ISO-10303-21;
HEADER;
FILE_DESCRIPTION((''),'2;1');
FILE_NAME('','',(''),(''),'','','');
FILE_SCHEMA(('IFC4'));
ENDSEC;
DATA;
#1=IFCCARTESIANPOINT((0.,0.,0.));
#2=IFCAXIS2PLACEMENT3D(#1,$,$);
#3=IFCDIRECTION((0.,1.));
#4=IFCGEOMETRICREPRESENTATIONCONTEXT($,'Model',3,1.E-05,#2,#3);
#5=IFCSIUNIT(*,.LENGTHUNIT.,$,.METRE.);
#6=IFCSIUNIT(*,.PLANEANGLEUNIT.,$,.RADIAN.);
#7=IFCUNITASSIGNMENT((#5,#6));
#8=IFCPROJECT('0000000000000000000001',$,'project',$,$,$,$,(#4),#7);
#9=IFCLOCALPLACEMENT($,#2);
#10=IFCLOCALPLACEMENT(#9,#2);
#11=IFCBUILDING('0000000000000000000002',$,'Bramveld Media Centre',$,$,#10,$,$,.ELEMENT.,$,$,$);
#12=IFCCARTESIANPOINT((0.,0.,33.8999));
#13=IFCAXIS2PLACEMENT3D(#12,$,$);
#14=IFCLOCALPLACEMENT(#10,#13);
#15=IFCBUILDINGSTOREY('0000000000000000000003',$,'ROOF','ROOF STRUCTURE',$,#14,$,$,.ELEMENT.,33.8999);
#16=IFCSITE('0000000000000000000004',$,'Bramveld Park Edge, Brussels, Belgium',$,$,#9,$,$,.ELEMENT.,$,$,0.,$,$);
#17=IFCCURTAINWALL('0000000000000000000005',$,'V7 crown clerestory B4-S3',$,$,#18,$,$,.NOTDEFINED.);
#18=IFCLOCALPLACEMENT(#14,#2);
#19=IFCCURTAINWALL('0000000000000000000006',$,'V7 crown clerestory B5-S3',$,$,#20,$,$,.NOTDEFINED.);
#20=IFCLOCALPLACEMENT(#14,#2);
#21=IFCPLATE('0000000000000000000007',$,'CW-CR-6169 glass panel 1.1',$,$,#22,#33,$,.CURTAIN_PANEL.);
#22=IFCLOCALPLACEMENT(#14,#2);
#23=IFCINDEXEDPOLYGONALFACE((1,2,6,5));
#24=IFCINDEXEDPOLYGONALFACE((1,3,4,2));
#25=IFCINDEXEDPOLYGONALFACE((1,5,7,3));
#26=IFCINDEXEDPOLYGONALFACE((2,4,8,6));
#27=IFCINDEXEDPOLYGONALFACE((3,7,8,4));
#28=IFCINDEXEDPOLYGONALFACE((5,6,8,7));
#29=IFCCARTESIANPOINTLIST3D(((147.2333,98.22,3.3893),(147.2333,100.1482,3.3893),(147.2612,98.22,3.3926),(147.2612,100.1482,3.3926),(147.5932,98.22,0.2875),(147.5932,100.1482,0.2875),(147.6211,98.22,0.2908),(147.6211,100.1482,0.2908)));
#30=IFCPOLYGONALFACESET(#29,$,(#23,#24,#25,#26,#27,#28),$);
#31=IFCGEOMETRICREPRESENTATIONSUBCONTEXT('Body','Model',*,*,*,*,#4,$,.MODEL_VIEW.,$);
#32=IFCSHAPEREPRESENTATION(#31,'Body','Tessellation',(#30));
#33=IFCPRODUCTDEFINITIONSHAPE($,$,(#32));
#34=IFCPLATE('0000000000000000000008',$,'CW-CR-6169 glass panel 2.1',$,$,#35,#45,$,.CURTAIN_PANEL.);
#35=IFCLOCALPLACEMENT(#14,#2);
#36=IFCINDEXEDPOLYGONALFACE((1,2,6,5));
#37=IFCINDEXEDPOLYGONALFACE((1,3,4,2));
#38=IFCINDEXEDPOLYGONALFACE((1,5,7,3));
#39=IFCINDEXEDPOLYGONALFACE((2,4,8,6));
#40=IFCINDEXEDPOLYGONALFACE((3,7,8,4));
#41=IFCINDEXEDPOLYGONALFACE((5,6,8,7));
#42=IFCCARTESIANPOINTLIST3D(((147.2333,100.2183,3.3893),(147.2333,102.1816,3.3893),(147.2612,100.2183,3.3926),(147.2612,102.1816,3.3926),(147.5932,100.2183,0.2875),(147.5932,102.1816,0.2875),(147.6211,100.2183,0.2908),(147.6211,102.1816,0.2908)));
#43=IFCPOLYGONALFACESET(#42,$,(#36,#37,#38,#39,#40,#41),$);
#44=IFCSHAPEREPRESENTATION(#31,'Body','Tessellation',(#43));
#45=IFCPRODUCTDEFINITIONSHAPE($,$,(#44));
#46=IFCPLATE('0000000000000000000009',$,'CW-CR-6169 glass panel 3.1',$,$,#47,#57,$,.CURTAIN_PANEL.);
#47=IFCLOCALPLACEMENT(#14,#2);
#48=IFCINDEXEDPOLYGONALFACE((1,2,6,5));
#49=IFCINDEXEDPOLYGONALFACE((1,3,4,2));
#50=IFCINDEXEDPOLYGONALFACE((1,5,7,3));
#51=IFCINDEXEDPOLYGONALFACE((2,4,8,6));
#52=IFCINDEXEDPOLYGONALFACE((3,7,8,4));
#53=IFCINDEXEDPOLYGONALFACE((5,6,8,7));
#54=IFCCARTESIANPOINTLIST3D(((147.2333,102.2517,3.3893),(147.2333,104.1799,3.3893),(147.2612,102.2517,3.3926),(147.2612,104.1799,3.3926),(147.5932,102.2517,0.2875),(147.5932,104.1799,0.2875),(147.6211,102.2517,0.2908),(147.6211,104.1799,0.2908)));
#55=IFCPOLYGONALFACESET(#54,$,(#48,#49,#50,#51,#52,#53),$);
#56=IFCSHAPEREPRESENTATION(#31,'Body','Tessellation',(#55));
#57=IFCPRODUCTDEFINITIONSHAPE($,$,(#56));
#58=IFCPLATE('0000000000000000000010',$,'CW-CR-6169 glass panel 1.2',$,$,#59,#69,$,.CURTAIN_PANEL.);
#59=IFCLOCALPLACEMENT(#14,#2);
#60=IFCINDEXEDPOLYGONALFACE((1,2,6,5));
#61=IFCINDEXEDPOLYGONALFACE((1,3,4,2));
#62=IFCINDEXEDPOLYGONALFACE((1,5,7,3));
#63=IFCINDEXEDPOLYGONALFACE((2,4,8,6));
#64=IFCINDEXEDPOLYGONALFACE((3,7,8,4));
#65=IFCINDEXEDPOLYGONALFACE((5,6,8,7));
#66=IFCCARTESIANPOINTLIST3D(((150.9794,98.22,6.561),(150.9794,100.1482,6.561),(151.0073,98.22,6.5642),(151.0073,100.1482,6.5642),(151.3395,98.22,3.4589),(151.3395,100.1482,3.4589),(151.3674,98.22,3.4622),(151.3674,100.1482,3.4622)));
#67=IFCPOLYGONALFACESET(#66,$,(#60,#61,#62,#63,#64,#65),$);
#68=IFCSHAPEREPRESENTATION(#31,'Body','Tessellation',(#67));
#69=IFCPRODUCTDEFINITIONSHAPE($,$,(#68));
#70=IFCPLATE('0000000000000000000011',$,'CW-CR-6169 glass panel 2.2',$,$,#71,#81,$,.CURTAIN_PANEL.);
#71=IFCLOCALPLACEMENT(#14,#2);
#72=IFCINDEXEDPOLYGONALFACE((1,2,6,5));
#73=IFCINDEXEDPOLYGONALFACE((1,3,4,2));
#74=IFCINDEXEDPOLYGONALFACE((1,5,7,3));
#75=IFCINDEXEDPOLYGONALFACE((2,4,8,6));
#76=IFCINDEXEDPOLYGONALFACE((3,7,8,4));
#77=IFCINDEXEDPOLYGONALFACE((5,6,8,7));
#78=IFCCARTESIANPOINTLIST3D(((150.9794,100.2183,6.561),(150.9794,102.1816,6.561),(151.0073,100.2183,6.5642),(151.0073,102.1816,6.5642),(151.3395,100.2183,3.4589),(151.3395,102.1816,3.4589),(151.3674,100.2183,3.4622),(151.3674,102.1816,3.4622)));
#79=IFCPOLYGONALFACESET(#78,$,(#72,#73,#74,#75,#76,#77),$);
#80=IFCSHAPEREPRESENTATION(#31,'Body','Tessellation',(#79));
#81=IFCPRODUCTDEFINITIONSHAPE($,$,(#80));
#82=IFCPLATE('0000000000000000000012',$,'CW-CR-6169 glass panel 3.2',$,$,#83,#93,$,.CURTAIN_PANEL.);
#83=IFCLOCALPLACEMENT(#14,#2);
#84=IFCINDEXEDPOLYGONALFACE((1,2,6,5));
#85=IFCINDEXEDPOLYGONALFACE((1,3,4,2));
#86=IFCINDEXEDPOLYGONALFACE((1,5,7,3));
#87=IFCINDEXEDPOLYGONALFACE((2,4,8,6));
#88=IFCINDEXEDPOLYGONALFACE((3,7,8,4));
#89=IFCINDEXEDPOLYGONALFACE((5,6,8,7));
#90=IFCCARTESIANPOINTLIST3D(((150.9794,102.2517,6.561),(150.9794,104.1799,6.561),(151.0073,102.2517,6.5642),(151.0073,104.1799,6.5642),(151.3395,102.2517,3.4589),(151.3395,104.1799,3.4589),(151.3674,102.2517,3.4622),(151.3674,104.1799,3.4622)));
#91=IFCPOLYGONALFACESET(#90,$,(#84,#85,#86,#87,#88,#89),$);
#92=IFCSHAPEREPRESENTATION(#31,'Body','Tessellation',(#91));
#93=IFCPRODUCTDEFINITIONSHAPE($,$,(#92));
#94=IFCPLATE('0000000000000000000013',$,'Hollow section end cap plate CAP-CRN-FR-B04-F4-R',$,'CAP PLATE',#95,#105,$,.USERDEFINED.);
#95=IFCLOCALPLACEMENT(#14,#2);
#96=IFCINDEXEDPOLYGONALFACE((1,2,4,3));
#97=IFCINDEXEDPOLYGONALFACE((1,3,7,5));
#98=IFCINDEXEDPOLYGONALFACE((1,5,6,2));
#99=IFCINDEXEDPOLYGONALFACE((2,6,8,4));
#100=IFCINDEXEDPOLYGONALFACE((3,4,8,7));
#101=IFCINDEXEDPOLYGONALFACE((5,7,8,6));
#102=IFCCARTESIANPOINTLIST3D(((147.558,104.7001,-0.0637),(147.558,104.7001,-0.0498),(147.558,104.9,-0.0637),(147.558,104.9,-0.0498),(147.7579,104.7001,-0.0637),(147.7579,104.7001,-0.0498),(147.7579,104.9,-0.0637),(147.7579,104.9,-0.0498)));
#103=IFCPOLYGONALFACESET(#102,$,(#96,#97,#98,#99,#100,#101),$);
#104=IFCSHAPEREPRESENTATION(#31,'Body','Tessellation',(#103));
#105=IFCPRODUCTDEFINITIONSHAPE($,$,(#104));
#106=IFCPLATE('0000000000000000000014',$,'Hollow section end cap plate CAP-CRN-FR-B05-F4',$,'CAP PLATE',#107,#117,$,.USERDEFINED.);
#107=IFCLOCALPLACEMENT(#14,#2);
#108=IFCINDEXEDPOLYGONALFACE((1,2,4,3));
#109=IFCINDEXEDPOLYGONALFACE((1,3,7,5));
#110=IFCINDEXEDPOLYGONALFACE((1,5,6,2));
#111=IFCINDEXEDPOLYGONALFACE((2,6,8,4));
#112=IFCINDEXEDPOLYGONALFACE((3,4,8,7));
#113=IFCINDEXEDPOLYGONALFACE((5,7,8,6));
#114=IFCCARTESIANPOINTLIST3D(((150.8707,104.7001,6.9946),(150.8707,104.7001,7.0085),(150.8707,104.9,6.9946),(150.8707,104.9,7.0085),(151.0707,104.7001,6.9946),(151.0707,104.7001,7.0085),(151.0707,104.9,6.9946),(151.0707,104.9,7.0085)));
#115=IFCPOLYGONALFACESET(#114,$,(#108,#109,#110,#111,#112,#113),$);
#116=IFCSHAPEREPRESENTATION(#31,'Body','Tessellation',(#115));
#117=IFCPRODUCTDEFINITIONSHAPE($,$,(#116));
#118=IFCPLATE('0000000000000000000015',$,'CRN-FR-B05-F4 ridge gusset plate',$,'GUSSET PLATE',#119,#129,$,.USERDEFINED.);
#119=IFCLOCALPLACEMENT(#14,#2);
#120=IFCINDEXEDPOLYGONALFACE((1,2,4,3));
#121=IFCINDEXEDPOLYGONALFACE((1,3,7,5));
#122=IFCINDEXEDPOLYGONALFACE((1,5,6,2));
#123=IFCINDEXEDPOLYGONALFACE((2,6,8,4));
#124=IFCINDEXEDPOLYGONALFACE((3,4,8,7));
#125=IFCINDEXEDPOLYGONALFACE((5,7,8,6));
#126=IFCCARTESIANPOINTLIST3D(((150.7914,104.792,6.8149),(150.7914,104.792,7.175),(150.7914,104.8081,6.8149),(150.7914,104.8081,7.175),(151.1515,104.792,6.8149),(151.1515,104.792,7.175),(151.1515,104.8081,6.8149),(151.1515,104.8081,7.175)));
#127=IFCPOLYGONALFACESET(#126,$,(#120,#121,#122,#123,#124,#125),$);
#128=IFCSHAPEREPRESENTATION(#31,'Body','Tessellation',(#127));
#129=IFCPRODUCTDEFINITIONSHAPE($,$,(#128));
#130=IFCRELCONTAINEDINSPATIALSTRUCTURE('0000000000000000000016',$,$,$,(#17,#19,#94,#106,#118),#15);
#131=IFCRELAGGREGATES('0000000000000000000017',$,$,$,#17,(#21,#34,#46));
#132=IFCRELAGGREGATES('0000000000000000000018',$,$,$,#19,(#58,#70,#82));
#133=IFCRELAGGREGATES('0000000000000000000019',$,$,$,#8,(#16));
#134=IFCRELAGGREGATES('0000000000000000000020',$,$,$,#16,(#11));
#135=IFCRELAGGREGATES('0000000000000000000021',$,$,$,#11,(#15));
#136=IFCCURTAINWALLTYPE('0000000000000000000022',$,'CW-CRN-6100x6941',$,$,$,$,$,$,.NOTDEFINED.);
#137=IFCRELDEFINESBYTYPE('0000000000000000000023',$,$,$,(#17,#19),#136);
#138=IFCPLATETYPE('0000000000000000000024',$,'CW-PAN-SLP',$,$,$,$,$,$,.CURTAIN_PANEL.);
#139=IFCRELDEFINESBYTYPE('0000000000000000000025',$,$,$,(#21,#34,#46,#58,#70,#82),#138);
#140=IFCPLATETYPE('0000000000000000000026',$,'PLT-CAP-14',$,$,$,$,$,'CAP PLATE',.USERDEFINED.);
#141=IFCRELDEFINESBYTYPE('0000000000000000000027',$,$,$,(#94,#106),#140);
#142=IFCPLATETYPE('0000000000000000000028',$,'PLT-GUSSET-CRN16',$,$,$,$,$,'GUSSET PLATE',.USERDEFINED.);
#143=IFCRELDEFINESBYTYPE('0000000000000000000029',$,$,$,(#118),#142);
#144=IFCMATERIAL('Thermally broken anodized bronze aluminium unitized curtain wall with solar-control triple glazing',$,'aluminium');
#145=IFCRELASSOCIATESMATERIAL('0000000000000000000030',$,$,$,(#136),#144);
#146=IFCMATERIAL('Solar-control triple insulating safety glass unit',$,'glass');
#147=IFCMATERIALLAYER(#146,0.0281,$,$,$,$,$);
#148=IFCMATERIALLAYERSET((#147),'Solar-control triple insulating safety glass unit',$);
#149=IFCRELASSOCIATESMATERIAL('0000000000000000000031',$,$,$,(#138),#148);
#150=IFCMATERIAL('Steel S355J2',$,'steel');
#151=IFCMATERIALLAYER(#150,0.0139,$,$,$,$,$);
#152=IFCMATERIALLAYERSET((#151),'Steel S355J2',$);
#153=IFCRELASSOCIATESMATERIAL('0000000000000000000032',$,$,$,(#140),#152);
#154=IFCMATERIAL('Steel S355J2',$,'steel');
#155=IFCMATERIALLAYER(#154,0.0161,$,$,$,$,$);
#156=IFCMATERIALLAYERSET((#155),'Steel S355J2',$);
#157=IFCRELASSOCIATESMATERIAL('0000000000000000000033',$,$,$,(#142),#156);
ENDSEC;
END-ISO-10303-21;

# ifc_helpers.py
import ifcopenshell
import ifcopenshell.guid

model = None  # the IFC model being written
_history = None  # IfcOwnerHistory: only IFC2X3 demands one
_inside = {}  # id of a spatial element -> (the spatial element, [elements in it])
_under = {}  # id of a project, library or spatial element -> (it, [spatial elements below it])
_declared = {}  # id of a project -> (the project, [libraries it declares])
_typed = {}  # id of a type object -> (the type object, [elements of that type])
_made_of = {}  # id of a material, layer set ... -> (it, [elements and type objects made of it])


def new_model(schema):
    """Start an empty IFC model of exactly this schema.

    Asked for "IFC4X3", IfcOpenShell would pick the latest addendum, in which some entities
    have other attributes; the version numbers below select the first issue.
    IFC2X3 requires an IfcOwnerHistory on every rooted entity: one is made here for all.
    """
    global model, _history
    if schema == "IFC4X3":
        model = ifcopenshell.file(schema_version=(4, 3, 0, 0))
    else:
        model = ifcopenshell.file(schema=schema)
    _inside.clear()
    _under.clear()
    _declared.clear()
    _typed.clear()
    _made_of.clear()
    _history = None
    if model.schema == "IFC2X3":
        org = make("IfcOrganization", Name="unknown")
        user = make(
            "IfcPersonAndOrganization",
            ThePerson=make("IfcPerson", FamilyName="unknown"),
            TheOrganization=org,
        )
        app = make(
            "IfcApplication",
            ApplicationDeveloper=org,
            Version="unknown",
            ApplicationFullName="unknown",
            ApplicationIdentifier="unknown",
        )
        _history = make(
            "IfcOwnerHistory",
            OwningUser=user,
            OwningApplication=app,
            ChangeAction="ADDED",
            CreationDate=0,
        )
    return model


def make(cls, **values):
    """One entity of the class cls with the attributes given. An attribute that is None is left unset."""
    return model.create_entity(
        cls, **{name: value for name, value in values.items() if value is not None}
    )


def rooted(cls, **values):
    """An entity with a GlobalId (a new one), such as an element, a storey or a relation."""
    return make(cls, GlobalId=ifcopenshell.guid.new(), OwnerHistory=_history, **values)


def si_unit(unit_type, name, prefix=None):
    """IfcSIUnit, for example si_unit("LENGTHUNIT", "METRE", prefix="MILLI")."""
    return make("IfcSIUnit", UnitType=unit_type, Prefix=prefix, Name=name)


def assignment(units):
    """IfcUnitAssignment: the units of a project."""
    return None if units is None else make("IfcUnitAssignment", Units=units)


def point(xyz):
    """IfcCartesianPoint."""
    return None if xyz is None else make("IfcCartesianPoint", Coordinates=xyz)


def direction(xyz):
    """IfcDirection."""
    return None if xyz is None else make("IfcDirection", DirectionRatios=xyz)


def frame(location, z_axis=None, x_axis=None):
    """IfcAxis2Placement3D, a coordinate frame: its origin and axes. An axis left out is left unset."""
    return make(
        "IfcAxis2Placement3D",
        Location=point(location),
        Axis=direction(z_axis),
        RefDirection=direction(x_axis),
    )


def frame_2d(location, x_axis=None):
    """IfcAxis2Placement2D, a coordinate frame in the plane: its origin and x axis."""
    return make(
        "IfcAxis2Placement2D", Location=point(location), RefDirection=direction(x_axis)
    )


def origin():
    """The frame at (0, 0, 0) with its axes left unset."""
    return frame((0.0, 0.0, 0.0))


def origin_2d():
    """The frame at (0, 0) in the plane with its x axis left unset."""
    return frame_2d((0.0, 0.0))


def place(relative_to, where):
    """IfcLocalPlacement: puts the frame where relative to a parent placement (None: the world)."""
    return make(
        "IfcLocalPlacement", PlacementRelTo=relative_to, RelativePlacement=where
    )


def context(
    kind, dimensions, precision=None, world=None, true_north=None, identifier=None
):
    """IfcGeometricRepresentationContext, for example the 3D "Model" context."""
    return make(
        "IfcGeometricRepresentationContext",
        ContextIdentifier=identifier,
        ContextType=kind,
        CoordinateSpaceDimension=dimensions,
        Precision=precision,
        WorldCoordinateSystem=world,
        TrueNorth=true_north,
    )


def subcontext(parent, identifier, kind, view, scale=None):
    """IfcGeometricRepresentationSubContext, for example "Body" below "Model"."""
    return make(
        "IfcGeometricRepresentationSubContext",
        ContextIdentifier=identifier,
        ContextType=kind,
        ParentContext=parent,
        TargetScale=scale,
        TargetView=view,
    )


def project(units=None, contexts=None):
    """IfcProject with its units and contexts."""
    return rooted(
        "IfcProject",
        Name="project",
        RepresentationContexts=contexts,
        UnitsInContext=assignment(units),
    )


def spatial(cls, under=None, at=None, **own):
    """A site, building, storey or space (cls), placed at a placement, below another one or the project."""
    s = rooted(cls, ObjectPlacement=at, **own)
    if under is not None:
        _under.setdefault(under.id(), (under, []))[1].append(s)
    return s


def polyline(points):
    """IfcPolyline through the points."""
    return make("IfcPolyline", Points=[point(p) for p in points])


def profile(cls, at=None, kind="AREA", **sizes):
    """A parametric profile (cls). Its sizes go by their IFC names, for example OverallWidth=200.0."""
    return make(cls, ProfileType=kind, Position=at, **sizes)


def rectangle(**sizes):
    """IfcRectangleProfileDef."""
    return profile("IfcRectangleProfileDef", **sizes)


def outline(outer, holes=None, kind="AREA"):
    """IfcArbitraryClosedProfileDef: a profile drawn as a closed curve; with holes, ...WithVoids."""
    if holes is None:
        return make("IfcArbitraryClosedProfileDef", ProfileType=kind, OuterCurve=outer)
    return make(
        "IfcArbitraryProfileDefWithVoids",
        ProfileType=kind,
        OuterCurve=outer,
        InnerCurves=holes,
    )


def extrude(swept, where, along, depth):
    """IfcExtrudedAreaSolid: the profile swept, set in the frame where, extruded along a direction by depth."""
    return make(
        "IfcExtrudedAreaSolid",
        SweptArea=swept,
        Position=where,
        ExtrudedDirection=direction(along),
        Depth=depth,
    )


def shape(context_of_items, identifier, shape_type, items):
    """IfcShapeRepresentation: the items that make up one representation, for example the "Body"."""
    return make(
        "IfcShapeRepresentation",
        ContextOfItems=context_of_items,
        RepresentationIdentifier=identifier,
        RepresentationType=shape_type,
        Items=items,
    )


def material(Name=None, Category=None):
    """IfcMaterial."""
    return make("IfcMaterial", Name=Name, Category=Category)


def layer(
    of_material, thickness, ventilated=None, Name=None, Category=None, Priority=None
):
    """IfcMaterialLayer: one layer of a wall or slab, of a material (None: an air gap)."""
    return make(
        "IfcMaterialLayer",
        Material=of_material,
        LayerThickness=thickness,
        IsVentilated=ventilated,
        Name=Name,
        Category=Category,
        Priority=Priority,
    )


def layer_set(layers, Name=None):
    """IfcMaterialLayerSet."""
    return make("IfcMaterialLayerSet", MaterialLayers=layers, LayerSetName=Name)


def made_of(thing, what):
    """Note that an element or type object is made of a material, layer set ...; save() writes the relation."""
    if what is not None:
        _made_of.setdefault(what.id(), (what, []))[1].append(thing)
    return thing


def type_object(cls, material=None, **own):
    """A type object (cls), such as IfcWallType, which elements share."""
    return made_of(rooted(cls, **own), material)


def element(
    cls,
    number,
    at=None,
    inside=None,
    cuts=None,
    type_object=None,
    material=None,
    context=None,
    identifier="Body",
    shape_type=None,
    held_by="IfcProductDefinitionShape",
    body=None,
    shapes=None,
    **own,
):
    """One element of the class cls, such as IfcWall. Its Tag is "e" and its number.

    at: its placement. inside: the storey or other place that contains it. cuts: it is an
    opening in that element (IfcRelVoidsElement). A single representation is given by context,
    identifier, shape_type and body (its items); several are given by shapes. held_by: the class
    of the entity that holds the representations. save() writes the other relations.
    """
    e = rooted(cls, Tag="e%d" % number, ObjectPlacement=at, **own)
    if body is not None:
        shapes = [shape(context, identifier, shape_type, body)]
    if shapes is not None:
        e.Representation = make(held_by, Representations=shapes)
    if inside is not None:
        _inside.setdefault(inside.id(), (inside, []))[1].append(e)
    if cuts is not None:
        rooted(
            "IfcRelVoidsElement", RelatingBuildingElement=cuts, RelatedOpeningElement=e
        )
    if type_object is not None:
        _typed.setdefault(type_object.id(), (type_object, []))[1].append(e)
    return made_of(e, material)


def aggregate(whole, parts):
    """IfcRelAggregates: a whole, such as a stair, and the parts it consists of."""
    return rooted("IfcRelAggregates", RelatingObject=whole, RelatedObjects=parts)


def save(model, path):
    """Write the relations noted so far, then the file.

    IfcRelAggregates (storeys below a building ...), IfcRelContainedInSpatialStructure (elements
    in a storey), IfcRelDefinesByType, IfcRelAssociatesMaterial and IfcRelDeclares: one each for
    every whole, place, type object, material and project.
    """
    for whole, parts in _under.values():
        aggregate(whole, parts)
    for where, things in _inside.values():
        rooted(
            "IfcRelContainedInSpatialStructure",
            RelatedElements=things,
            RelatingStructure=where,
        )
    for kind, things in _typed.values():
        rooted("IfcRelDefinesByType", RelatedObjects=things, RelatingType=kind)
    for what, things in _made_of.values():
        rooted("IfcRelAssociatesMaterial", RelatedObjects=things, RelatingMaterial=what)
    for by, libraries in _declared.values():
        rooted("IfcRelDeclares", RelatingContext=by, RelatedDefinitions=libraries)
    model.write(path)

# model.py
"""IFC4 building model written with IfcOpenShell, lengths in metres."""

from ifc_helpers import new_model, si_unit, direction, frame, origin, origin_2d, place, context, subcontext, project, spatial, polyline, rectangle, outline, extrude, material, layer, layer_set, type_object, element, aggregate, save


model = new_model("IFC4")

# Units and contexts
model_context = context("Model", 3, precision=1e-05, world=origin(), true_north=direction((0.0, 1.0)))
body_context = subcontext(model_context, "Body", "Model", "MODEL_VIEW")
ifc_project = project(units=[si_unit("LENGTHUNIT", "METRE"), si_unit("PLANEANGLEUNIT", "RADIAN")], contexts=[model_context])

# Site, building, storey
site_placement = place(None, origin())
site = spatial("IfcSite", under=ifc_project, at=site_placement, Name="Bramveld Park Edge, Brussels, Belgium", CompositionType="ELEMENT", RefElevation=0.0)
building_placement = place(site_placement, origin())
building = spatial("IfcBuilding", under=site, at=building_placement, Name="Bramveld Media Centre", CompositionType="ELEMENT")
storey_placement = place(building_placement, frame((0.0, 0.0, 33.8999)))
storey = spatial("IfcBuildingStorey", under=building, at=storey_placement, Name="ROOF", Description="ROOF STRUCTURE", CompositionType="ELEMENT", Elevation=33.8999)

# Curtain walls
ifc_material_1 = material(Name="Thermally broken anodized bronze aluminium unitized curtain wall with solar-control triple glazing", Category="aluminium")
curtain_wall_type = type_object("IfcCurtainWallType", Name="CW-CRN-6100x6941", PredefinedType="NOTDEFINED", material=ifc_material_1)
curtain_wall_1_placement = place(storey_placement, origin())
curtain_wall_1 = element("IfcCurtainWall", 1, at=curtain_wall_1_placement, inside=storey, type_object=curtain_wall_type, Name="V7 crown clerestory B4-S3", PredefinedType="NOTDEFINED")
curtain_wall_2_placement = place(storey_placement, origin())
curtain_wall_2 = element("IfcCurtainWall", 2, at=curtain_wall_2_placement, inside=storey, type_object=curtain_wall_type, Name="V7 crown clerestory B5-S3", PredefinedType="NOTDEFINED")

# Plates
ifc_material_2 = material(Name="Solar-control triple insulating safety glass unit", Category="glass")
ifc_layer_1 = layer(ifc_material_2, 0.0281)
ifc_layer_set_1 = layer_set([ifc_layer_1], Name="Solar-control triple insulating safety glass unit")
plate_type_1 = type_object("IfcPlateType", Name="CW-PAN-SLP", PredefinedType="CURTAIN_PANEL", material=ifc_layer_set_1)
plate_1_placement = place(storey_placement, frame((147.6211, 98.22, 0.2908), z_axis=(0.993337, 0.0, 0.115244), x_axis=(0.0, 1.0, 0.0)))
plate_1 = element("IfcPlate", 3, at=plate_1_placement, type_object=plate_type_1, Name="CW-CR-6169 glass panel 1.1", PredefinedType="CURTAIN_PANEL", context=body_context, shape_type="SweptSolid", body=[
    extrude(outline(polyline([(0.0, 0.0), (1.9282, 0.0), (1.9282, 3.1226), (0.0, 3.1226), (0.0, 0.0)])), origin(), (0.0, 0.0, -1.0), 0.0281),
])
plate_2_placement = place(storey_placement, frame((147.6211, 100.2183, 0.2908), z_axis=(0.993337, 0.0, 0.115244), x_axis=(0.0, 1.0, 0.0)))
plate_2 = element("IfcPlate", 4, at=plate_2_placement, type_object=plate_type_1, Name="CW-CR-6169 glass panel 2.1", PredefinedType="CURTAIN_PANEL", context=body_context, shape_type="SweptSolid", body=[
    extrude(outline(polyline([(0.0, 0.0), (1.9634, 0.0), (1.9634, 3.1226), (0.0, 3.1226), (0.0, 0.0)])), origin(), (0.0, 0.0, -1.0), 0.0281),
])
plate_3_placement = place(storey_placement, frame((147.6211, 102.2517, 0.2908), z_axis=(0.993337, 0.0, 0.115244), x_axis=(0.0, 1.0, 0.0)))
plate_3 = element("IfcPlate", 5, at=plate_3_placement, type_object=plate_type_1, Name="CW-CR-6169 glass panel 3.1", PredefinedType="CURTAIN_PANEL", context=body_context, shape_type="SweptSolid", body=[
    extrude(outline(polyline([(0.0, 0.0), (1.9282, 0.0), (1.9282, 3.1226), (0.0, 3.1226), (0.0, 0.0)])), origin(), (0.0, 0.0, -1.0), 0.0281),
])
aggregate(curtain_wall_1, [plate_1, plate_2, plate_3])
plate_4_placement = place(storey_placement, frame((151.3674, 98.22, 3.4622), z_axis=(0.993329, 0.0, 0.115313), x_axis=(0.0, 1.0, 0.0)))
plate_4 = element("IfcPlate", 6, at=plate_4_placement, type_object=plate_type_1, Name="CW-CR-6169 glass panel 1.2", PredefinedType="CURTAIN_PANEL", context=body_context, shape_type="SweptSolid", body=[
    extrude(outline(polyline([(0.0, 0.0), (1.9282, 0.0), (1.9282, 3.1229), (0.0, 3.1229), (0.0, 0.0)])), origin(), (0.0, 0.0, -1.0), 0.0281),
])
plate_5_placement = place(storey_placement, frame((151.3674, 100.2183, 3.4622), z_axis=(0.993329, 0.0, 0.115313), x_axis=(0.0, 1.0, 0.0)))
plate_5 = element("IfcPlate", 7, at=plate_5_placement, type_object=plate_type_1, Name="CW-CR-6169 glass panel 2.2", PredefinedType="CURTAIN_PANEL", context=body_context, shape_type="SweptSolid", body=[
    extrude(outline(polyline([(0.0, 0.0), (1.9634, 0.0), (1.9634, 3.1229), (0.0, 3.1229), (0.0, 0.0)])), origin(), (0.0, 0.0, -1.0), 0.0281),
])
plate_6_placement = place(storey_placement, frame((151.3674, 102.2517, 3.4622), z_axis=(0.993329, 0.0, 0.115313), x_axis=(0.0, 1.0, 0.0)))
plate_6 = element("IfcPlate", 8, at=plate_6_placement, type_object=plate_type_1, Name="CW-CR-6169 glass panel 3.2", PredefinedType="CURTAIN_PANEL", context=body_context, shape_type="SweptSolid", body=[
    extrude(outline(polyline([(0.0, 0.0), (1.9282, 0.0), (1.9282, 3.1229), (0.0, 3.1229), (0.0, 0.0)])), origin(), (0.0, 0.0, -1.0), 0.0281),
])
aggregate(curtain_wall_2, [plate_4, plate_5, plate_6])

# Plates
ifc_material_3 = material(Name="Steel S355J2", Category="steel")
ifc_layer_2 = layer(ifc_material_3, 0.0139)
ifc_layer_set_2 = layer_set([ifc_layer_2], Name="Steel S355J2")
plate_type_2 = type_object("IfcPlateType", Name="PLT-CAP-14", ElementType="CAP PLATE", PredefinedType="USERDEFINED", material=ifc_layer_set_2)
for number, where, z_axis, x_axis, name in (
    (9, (147.658, 104.8, -0.0498), (0.0, 0.0, -1.0), (1.0, 0.0, 0.0), "Hollow section end cap plate CAP-CRN-FR-B04-F4-R"),
    (10, (150.9707, 104.8, 6.9946), (0.0, 0.0, 1.0), (1.0, 0.0, 0.0), "Hollow section end cap plate CAP-CRN-FR-B05-F4"),
):
    element("IfcPlate", number, at=place(storey_placement, frame(where, z_axis=z_axis, x_axis=x_axis)), inside=storey, type_object=plate_type_2, Name=name, ObjectType="CAP PLATE", PredefinedType="USERDEFINED", context=body_context, shape_type="SweptSolid", body=[
        extrude(rectangle(XDim=0.2, YDim=0.2, at=origin_2d()), origin(), (0.0, 0.0, 1.0), 0.0139),
    ])
ifc_material_4 = material(Name="Steel S355J2", Category="steel")
ifc_layer_3 = layer(ifc_material_4, 0.0161)
ifc_layer_set_3 = layer_set([ifc_layer_3], Name="Steel S355J2")
plate_type_3 = type_object("IfcPlateType", Name="PLT-GUSSET-CRN16", ElementType="GUSSET PLATE", PredefinedType="USERDEFINED", material=ifc_layer_set_3)
plate_7_placement = place(storey_placement, frame((150.9714, 104.8, 6.8149), z_axis=(0.0, 0.0, 1.0), x_axis=(1.0, 0.0, 0.0)))
element("IfcPlate", 11, at=plate_7_placement, inside=storey, type_object=plate_type_3, Name="CRN-FR-B05-F4 ridge gusset plate", ObjectType="GUSSET PLATE", PredefinedType="USERDEFINED", context=body_context, shape_type="SweptSolid", body=[
    extrude(rectangle(XDim=0.3601, YDim=0.0161, at=origin_2d()), origin(), (0.0, 0.0, 1.0), 0.3601),
])

save(model, "model.ifc")
